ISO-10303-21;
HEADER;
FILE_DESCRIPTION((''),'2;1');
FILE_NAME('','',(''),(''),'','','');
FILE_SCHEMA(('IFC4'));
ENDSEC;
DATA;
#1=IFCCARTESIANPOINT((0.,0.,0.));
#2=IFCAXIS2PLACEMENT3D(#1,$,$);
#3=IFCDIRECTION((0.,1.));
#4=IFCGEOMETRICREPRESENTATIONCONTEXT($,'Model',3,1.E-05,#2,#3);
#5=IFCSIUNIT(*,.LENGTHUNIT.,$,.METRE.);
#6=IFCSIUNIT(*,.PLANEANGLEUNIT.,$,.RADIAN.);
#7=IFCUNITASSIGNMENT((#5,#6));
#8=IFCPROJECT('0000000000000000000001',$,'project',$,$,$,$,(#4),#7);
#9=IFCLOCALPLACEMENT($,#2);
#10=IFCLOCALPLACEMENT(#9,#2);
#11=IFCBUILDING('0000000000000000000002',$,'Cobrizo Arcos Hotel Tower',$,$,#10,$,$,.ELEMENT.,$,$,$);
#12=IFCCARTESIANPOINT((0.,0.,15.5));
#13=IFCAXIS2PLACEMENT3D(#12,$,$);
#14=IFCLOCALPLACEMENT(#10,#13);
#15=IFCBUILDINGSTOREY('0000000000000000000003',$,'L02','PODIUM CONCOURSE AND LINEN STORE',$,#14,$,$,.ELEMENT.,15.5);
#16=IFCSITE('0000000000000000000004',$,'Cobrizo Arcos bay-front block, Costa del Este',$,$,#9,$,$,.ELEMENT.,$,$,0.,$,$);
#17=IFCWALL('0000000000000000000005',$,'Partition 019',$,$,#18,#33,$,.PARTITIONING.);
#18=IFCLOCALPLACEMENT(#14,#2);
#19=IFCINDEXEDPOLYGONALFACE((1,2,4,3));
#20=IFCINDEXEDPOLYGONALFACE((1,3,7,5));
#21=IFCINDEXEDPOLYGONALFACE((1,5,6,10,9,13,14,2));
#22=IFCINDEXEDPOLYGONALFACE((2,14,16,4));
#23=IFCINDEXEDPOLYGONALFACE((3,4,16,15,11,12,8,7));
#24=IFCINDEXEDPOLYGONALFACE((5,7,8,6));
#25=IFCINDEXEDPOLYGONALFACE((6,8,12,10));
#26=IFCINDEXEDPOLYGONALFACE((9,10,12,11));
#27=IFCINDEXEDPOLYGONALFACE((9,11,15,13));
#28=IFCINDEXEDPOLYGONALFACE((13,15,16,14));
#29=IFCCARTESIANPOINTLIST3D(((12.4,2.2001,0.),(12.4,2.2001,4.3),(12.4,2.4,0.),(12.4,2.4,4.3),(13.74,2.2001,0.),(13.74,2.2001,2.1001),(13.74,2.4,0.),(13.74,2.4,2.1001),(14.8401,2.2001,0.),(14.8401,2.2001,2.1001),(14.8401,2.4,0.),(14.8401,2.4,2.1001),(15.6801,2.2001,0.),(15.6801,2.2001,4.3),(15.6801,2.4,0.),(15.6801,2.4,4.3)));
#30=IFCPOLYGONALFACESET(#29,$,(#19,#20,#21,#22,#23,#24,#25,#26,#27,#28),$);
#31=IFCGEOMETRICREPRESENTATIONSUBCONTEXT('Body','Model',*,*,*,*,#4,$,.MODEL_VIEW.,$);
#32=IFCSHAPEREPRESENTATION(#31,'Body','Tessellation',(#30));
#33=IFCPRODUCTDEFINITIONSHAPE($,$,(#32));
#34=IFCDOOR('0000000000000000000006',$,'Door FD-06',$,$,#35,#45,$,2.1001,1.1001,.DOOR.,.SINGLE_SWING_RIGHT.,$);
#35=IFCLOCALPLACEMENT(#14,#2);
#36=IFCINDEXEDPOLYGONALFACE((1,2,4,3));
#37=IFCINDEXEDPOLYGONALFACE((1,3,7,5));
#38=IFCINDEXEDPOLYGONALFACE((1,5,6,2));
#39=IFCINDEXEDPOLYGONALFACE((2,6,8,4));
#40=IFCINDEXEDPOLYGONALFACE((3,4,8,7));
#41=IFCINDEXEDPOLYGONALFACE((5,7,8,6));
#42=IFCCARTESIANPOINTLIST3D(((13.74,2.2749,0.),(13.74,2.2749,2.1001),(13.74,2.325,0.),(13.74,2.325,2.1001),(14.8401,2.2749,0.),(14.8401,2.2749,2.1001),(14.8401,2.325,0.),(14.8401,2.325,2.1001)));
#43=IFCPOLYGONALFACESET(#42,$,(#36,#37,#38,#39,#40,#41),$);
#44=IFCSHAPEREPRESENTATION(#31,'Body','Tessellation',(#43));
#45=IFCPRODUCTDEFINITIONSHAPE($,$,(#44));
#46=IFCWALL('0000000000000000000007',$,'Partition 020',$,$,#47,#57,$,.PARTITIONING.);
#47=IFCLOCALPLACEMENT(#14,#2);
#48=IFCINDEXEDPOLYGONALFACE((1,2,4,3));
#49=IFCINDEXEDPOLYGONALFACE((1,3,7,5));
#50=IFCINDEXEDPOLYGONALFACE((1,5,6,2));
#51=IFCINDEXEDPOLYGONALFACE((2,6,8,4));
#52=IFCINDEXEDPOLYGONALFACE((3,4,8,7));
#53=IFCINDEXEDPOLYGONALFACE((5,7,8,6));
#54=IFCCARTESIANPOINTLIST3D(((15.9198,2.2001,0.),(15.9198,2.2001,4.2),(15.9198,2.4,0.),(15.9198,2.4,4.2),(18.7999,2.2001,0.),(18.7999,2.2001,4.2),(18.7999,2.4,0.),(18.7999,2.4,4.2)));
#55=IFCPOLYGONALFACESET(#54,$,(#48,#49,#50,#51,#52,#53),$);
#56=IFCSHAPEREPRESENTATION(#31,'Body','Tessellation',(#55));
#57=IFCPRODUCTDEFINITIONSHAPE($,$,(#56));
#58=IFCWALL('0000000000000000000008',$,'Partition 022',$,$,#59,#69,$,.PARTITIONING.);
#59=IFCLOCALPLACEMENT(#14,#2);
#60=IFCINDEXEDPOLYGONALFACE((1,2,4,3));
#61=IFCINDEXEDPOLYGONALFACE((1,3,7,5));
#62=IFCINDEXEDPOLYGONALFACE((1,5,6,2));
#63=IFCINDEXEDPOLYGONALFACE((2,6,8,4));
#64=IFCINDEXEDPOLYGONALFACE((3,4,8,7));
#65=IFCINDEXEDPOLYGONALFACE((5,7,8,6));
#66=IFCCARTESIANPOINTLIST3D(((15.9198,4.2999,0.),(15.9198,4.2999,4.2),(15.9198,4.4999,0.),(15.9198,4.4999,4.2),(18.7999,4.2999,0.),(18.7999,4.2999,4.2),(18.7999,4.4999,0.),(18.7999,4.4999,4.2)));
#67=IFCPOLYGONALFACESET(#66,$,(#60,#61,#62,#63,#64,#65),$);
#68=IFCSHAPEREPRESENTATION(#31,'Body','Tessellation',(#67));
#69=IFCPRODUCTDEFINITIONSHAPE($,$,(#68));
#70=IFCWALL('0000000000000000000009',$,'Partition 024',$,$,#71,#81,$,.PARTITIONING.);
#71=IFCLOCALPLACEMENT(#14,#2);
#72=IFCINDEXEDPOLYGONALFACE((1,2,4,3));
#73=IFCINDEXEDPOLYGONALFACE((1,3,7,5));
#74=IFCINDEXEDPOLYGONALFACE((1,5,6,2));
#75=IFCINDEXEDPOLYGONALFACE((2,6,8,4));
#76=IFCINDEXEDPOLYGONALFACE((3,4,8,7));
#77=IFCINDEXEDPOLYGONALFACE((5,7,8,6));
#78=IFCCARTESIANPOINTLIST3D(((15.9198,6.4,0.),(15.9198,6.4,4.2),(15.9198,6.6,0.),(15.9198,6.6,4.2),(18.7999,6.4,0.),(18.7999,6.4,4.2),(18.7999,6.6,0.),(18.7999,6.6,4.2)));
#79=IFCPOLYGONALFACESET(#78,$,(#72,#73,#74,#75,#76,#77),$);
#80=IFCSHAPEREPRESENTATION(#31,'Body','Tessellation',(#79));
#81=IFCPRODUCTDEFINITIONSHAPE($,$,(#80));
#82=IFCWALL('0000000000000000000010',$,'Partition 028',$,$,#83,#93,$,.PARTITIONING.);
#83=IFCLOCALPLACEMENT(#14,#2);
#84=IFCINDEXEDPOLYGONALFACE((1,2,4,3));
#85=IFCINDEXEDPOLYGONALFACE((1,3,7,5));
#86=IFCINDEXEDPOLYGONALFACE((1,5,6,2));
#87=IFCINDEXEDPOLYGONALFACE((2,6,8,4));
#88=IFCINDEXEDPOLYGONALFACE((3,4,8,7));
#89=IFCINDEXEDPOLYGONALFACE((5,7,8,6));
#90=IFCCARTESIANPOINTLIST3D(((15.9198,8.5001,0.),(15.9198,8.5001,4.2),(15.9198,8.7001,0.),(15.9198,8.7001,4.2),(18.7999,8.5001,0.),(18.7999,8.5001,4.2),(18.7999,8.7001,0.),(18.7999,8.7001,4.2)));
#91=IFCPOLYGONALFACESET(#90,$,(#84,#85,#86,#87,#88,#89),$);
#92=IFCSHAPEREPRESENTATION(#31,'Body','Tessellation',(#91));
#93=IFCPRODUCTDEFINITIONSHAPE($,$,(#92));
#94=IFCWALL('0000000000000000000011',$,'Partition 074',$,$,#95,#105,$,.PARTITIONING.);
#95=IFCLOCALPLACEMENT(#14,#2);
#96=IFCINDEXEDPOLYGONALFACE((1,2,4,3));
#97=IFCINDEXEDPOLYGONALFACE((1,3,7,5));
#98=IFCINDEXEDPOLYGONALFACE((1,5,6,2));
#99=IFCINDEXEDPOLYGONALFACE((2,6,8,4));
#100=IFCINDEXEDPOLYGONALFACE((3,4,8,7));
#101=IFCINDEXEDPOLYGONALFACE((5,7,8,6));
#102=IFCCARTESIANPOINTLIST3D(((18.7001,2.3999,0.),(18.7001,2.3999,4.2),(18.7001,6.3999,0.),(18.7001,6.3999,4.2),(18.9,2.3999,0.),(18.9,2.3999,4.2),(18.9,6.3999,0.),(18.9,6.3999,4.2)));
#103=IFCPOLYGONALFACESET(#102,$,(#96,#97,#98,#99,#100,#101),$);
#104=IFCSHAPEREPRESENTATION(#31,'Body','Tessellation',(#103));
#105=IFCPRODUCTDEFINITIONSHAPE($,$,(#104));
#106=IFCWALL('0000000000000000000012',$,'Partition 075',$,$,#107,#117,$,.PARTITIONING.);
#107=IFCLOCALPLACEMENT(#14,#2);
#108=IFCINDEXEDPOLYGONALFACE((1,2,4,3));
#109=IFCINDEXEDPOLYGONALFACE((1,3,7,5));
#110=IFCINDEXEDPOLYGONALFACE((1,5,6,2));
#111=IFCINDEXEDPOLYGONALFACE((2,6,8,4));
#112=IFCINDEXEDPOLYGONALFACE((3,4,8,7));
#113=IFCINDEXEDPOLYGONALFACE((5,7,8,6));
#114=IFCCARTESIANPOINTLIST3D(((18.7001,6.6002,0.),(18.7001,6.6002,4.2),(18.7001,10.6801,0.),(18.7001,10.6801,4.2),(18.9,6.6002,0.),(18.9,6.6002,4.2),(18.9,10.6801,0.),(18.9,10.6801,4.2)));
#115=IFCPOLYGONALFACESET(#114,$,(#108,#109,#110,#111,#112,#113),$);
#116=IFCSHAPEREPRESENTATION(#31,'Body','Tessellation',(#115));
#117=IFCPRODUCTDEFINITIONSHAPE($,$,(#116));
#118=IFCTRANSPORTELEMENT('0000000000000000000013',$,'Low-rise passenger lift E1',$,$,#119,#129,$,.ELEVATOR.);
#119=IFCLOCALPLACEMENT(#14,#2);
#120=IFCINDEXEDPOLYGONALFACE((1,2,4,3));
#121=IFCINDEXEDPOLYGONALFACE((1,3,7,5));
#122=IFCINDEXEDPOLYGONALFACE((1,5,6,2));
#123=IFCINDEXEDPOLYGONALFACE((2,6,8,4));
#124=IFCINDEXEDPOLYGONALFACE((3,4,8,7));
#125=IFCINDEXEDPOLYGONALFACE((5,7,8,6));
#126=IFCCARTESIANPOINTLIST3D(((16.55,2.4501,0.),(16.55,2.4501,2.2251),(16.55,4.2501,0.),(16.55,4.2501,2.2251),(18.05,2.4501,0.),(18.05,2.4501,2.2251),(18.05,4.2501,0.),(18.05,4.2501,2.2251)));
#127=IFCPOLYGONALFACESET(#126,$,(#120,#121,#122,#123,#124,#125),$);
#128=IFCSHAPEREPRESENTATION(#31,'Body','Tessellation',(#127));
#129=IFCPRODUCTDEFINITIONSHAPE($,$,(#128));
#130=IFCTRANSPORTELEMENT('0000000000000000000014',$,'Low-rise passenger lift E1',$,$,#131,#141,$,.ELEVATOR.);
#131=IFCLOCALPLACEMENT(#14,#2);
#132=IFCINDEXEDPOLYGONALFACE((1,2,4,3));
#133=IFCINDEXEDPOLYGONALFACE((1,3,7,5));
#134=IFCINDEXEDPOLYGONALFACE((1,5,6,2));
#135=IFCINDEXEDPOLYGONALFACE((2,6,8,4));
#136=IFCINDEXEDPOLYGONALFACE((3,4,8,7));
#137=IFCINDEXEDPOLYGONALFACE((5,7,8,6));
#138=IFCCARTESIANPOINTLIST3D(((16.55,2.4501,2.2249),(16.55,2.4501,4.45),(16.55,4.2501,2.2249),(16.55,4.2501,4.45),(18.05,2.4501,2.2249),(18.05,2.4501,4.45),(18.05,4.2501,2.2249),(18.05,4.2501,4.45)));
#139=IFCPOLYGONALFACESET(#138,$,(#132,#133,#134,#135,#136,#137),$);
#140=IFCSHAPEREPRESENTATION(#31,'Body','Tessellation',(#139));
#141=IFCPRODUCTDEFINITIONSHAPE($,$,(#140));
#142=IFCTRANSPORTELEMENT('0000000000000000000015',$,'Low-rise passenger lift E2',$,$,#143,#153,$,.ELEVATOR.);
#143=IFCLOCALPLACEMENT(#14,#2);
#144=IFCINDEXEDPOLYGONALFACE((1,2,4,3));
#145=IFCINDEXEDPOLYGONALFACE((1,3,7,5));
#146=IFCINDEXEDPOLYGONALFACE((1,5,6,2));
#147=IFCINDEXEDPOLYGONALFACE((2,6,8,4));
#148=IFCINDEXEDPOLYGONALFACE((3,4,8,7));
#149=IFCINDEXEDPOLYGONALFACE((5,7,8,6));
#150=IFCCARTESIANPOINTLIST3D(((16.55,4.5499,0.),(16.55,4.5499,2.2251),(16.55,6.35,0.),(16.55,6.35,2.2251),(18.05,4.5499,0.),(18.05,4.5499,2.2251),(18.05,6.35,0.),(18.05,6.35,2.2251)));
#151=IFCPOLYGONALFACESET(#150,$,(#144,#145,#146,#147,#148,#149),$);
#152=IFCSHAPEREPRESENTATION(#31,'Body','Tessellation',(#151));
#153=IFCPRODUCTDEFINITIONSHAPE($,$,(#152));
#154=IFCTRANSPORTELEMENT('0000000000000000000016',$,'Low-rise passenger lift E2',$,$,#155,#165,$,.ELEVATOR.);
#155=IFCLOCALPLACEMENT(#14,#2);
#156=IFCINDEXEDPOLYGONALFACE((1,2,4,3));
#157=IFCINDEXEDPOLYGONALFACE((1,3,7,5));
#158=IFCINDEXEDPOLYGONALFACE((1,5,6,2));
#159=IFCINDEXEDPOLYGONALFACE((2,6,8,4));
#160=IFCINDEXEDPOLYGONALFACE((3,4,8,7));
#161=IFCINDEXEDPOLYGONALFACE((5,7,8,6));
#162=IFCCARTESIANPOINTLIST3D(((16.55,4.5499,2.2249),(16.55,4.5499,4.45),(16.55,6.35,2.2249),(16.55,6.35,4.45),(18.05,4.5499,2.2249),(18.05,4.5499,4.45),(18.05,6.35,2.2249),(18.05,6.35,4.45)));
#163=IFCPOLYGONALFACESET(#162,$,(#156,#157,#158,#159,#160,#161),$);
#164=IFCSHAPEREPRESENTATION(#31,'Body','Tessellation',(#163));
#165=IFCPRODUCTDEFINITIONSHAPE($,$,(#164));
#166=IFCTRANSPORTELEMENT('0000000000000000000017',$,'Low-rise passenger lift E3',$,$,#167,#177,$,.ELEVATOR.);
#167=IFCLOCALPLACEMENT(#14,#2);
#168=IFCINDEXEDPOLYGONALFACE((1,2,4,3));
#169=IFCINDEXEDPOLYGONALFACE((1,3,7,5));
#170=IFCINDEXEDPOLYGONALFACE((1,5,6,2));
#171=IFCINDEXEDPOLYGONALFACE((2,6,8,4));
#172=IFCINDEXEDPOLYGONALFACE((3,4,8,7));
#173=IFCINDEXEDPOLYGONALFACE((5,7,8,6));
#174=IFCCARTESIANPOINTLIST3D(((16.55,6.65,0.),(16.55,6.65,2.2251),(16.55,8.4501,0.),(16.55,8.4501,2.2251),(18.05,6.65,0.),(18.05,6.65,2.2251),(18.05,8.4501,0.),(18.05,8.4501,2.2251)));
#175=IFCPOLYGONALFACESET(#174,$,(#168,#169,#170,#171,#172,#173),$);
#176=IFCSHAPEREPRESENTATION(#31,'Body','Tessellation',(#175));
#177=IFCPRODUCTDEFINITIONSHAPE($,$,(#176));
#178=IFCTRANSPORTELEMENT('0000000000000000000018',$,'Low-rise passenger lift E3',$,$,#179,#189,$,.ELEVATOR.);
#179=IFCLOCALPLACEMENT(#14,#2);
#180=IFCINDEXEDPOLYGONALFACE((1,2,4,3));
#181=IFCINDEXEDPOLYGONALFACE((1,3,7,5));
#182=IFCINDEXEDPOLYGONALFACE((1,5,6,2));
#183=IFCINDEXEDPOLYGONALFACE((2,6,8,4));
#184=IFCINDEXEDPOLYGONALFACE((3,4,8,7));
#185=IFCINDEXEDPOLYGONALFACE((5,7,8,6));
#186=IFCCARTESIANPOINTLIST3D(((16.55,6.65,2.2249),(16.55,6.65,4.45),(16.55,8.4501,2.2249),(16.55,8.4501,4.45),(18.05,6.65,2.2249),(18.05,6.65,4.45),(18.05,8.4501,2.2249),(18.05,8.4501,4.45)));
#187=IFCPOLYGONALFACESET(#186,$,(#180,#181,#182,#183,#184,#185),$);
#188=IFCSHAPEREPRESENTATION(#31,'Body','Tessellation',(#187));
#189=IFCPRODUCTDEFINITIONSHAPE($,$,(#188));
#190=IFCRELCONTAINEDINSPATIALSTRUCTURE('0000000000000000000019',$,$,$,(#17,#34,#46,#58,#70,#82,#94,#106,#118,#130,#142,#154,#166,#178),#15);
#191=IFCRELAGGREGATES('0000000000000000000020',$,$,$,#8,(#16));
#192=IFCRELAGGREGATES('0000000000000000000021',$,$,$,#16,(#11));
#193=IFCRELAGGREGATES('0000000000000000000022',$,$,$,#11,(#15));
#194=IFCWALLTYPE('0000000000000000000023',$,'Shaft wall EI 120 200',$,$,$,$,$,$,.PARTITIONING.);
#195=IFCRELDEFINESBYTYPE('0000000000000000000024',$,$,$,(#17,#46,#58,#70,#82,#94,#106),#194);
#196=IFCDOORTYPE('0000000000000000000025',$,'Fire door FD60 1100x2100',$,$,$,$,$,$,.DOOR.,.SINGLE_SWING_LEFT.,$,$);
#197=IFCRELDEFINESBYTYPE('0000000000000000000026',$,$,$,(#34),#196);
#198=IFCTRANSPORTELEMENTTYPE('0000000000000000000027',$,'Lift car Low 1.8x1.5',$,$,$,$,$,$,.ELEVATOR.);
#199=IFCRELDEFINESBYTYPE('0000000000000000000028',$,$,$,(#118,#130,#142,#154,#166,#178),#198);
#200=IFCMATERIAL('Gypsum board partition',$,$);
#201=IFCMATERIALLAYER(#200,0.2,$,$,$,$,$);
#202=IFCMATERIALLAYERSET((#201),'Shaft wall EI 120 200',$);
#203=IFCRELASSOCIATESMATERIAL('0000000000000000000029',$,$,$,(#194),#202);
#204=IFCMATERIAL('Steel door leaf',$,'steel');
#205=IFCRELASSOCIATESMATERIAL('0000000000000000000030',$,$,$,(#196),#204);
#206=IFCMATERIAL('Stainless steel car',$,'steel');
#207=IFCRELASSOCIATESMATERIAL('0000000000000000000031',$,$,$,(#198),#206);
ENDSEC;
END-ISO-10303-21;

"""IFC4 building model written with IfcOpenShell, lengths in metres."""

from ifc_helpers import new_model, si_unit, direction, frame, frame_2d, origin, origin_2d, place, context, subcontext, project, spatial, rectangle, extrude, material, layer, layer_set, type_object, element, fill, save


model = new_model("IFC4")

# Units and contexts
model_context = context("Model", 3, precision=1e-05, world=origin(), true_north=direction((0.0, 1.0)))
body_context = subcontext(model_context, "Body", "Model", "MODEL_VIEW")
ifc_project = project(units=[si_unit("LENGTHUNIT", "METRE"), si_unit("PLANEANGLEUNIT", "RADIAN")], contexts=[model_context])

# Site, building, storey
site_placement = place(None, origin())
site = spatial("IfcSite", under=ifc_project, at=site_placement, Name="Cobrizo Arcos bay-front block, Costa del Este", CompositionType="ELEMENT", RefElevation=0.0)
building_placement = place(site_placement, origin())
building = spatial("IfcBuilding", under=site, at=building_placement, Name="Cobrizo Arcos Hotel Tower", CompositionType="ELEMENT")
storey_placement = place(building_placement, frame((0.0, 0.0, 15.5)))
storey = spatial("IfcBuildingStorey", under=building, at=storey_placement, Name="L02", Description="PODIUM CONCOURSE AND LINEN STORE", CompositionType="ELEMENT", Elevation=15.5)

# Shared definitions
ifc_material_1 = material(Name="Gypsum board partition")

# Shared definitions
ifc_layer_1 = layer(ifc_material_1, 0.2)
ifc_layer_set_1 = layer_set([ifc_layer_1], Name="Shaft wall EI 120 200")
wall_type_1 = type_object("IfcWallType", Name="Shaft wall EI 120 200", PredefinedType="PARTITIONING", material=ifc_layer_set_1)

# Wall, opening, door
wall_1_placement = place(storey_placement, frame((12.3999, 2.3, 0.0), z_axis=(0.0, 0.0, 1.0), x_axis=(1.0, 0.0, 0.0)))
wall_1 = element("IfcWall", 1, at=wall_1_placement, inside=storey, type_object=wall_type_1, Name="Partition 019", PredefinedType="PARTITIONING", context=body_context, shape_type="SweptSolid", body=[
    extrude(rectangle(XDim=3.28, YDim=0.2, at=frame_2d((1.6401, 0.0))), origin(), (0.0, 0.0, 1.0), 4.3),
])
opening_1_placement = place(wall_1_placement, frame((1.3401, 0.0, 0.0)))
opening_1 = element("IfcOpeningElement", 2, at=opening_1_placement, cuts=wall_1, PredefinedType="OPENING", context=body_context, shape_type="SweptSolid", body=[
    extrude(rectangle(XDim=1.1001, YDim=2.1001, at=frame_2d((0.55, 1.05))), frame((0.0, 0.1121, 0.0), z_axis=(0.0, -1.0, 0.0), x_axis=(1.0, 0.0, 0.0)), (0.0, 0.0, 1.0), 0.2239),
])
ifc_material_2 = material(Name="Steel door leaf", Category="steel")
door_type_1 = type_object("IfcDoorType", Name="Fire door FD60 1100x2100", OperationType="SINGLE_SWING_LEFT", PredefinedType="DOOR", material=ifc_material_2)
door_1_placement = place(opening_1_placement, origin())
door_1 = element("IfcDoor", 3, at=door_1_placement, inside=storey, type_object=door_type_1, Name="Door FD-06", OperationType="SINGLE_SWING_RIGHT", OverallHeight=2.1001, OverallWidth=1.1001, PredefinedType="DOOR", context=body_context, shape_type="SweptSolid", body=[
    extrude(rectangle(XDim=1.1001, YDim=2.1001, at=frame_2d((0.55, 1.05))), frame((0.0, 0.0249, 0.0), z_axis=(0.0, -1.0, 0.0), x_axis=(1.0, 0.0, 0.0)), (0.0, 0.0, 1.0), 0.05),
])
fill(opening_1, door_1)

# Walls
for number, where, z_axis, x_axis, name in (
    (4, (15.9199, 2.3, 0.0), (0.0, 0.0, 1.0), (1.0, 0.0, 0.0), "Partition 020"),
    (5, (15.9199, 4.3999, 0.0), (0.0, 0.0, 1.0), (1.0, 0.0, 0.0), "Partition 022"),
    (6, (15.9199, 6.5, 0.0), (0.0, 0.0, 1.0), (1.0, 0.0, 0.0), "Partition 024"),
    (7, (15.9199, 8.6001, 0.0), (0.0, 0.0, 1.0), (1.0, 0.0, 0.0), "Partition 028"),
):
    element("IfcWall", number, at=place(storey_placement, frame(where, z_axis=z_axis, x_axis=x_axis)), inside=storey, type_object=wall_type_1, Name=name, PredefinedType="PARTITIONING", context=body_context, shape_type="SweptSolid", body=[
        extrude(rectangle(XDim=2.8801, YDim=0.2, at=frame_2d((1.4399, 0.0))), origin(), (0.0, 0.0, 1.0), 4.2),
    ])
wall_2_placement = place(storey_placement, frame((18.8, 2.3999, 0.0), z_axis=(0.0, 0.0, 1.0), x_axis=(0.0, 1.0, 0.0)))
element("IfcWall", 8, at=wall_2_placement, inside=storey, type_object=wall_type_1, Name="Partition 074", PredefinedType="PARTITIONING", context=body_context, shape_type="SweptSolid", body=[
    extrude(rectangle(XDim=4.0, YDim=0.2, at=frame_2d((2.0, 0.0))), origin(), (0.0, 0.0, 1.0), 4.2),
])
wall_3_placement = place(storey_placement, frame((18.8, 6.6001, 0.0), z_axis=(0.0, 0.0, 1.0), x_axis=(0.0, 1.0, 0.0)))
element("IfcWall", 9, at=wall_3_placement, inside=storey, type_object=wall_type_1, Name="Partition 075", PredefinedType="PARTITIONING", context=body_context, shape_type="SweptSolid", body=[
    extrude(rectangle(XDim=4.0798, YDim=0.2, at=frame_2d((2.04, 0.0))), origin(), (0.0, 0.0, 1.0), 4.2),
])

# Transport elements
ifc_material_3 = material(Name="Stainless steel car", Category="steel")
transport_element_type = type_object("IfcTransportElementType", Name="Lift car Low 1.8x1.5", PredefinedType="ELEVATOR", material=ifc_material_3)
for number, where, z_axis, x_axis, name in (
    (10, (17.3, 3.3501, 0.0), (0.0, 0.0, 1.0), (1.0, 0.0, 0.0), "Low-rise passenger lift E1"),
    (11, (17.3, 3.3501, 2.2249), (0.0, 0.0, 1.0), (1.0, 0.0, 0.0), "Low-rise passenger lift E1"),
    (12, (17.3, 5.45, 0.0), (0.0, 0.0, 1.0), (1.0, 0.0, 0.0), "Low-rise passenger lift E2"),
    (13, (17.3, 5.45, 2.2249), (0.0, 0.0, 1.0), (1.0, 0.0, 0.0), "Low-rise passenger lift E2"),
    (14, (17.3, 7.55, 0.0), (0.0, 0.0, 1.0), (1.0, 0.0, 0.0), "Low-rise passenger lift E3"),
    (15, (17.3, 7.55, 2.2249), (0.0, 0.0, 1.0), (1.0, 0.0, 0.0), "Low-rise passenger lift E3"),
):
    element("IfcTransportElement", number, at=place(storey_placement, frame(where, z_axis=z_axis, x_axis=x_axis)), inside=storey, type_object=transport_element_type, Name=name, PredefinedType="ELEVATOR", context=body_context, shape_type="SweptSolid", body=[
        extrude(rectangle(XDim=1.5, YDim=1.8, at=origin_2d()), origin(), (0.0, 0.0, 1.0), 2.2251),
    ])

save(model, "model.ifc")
